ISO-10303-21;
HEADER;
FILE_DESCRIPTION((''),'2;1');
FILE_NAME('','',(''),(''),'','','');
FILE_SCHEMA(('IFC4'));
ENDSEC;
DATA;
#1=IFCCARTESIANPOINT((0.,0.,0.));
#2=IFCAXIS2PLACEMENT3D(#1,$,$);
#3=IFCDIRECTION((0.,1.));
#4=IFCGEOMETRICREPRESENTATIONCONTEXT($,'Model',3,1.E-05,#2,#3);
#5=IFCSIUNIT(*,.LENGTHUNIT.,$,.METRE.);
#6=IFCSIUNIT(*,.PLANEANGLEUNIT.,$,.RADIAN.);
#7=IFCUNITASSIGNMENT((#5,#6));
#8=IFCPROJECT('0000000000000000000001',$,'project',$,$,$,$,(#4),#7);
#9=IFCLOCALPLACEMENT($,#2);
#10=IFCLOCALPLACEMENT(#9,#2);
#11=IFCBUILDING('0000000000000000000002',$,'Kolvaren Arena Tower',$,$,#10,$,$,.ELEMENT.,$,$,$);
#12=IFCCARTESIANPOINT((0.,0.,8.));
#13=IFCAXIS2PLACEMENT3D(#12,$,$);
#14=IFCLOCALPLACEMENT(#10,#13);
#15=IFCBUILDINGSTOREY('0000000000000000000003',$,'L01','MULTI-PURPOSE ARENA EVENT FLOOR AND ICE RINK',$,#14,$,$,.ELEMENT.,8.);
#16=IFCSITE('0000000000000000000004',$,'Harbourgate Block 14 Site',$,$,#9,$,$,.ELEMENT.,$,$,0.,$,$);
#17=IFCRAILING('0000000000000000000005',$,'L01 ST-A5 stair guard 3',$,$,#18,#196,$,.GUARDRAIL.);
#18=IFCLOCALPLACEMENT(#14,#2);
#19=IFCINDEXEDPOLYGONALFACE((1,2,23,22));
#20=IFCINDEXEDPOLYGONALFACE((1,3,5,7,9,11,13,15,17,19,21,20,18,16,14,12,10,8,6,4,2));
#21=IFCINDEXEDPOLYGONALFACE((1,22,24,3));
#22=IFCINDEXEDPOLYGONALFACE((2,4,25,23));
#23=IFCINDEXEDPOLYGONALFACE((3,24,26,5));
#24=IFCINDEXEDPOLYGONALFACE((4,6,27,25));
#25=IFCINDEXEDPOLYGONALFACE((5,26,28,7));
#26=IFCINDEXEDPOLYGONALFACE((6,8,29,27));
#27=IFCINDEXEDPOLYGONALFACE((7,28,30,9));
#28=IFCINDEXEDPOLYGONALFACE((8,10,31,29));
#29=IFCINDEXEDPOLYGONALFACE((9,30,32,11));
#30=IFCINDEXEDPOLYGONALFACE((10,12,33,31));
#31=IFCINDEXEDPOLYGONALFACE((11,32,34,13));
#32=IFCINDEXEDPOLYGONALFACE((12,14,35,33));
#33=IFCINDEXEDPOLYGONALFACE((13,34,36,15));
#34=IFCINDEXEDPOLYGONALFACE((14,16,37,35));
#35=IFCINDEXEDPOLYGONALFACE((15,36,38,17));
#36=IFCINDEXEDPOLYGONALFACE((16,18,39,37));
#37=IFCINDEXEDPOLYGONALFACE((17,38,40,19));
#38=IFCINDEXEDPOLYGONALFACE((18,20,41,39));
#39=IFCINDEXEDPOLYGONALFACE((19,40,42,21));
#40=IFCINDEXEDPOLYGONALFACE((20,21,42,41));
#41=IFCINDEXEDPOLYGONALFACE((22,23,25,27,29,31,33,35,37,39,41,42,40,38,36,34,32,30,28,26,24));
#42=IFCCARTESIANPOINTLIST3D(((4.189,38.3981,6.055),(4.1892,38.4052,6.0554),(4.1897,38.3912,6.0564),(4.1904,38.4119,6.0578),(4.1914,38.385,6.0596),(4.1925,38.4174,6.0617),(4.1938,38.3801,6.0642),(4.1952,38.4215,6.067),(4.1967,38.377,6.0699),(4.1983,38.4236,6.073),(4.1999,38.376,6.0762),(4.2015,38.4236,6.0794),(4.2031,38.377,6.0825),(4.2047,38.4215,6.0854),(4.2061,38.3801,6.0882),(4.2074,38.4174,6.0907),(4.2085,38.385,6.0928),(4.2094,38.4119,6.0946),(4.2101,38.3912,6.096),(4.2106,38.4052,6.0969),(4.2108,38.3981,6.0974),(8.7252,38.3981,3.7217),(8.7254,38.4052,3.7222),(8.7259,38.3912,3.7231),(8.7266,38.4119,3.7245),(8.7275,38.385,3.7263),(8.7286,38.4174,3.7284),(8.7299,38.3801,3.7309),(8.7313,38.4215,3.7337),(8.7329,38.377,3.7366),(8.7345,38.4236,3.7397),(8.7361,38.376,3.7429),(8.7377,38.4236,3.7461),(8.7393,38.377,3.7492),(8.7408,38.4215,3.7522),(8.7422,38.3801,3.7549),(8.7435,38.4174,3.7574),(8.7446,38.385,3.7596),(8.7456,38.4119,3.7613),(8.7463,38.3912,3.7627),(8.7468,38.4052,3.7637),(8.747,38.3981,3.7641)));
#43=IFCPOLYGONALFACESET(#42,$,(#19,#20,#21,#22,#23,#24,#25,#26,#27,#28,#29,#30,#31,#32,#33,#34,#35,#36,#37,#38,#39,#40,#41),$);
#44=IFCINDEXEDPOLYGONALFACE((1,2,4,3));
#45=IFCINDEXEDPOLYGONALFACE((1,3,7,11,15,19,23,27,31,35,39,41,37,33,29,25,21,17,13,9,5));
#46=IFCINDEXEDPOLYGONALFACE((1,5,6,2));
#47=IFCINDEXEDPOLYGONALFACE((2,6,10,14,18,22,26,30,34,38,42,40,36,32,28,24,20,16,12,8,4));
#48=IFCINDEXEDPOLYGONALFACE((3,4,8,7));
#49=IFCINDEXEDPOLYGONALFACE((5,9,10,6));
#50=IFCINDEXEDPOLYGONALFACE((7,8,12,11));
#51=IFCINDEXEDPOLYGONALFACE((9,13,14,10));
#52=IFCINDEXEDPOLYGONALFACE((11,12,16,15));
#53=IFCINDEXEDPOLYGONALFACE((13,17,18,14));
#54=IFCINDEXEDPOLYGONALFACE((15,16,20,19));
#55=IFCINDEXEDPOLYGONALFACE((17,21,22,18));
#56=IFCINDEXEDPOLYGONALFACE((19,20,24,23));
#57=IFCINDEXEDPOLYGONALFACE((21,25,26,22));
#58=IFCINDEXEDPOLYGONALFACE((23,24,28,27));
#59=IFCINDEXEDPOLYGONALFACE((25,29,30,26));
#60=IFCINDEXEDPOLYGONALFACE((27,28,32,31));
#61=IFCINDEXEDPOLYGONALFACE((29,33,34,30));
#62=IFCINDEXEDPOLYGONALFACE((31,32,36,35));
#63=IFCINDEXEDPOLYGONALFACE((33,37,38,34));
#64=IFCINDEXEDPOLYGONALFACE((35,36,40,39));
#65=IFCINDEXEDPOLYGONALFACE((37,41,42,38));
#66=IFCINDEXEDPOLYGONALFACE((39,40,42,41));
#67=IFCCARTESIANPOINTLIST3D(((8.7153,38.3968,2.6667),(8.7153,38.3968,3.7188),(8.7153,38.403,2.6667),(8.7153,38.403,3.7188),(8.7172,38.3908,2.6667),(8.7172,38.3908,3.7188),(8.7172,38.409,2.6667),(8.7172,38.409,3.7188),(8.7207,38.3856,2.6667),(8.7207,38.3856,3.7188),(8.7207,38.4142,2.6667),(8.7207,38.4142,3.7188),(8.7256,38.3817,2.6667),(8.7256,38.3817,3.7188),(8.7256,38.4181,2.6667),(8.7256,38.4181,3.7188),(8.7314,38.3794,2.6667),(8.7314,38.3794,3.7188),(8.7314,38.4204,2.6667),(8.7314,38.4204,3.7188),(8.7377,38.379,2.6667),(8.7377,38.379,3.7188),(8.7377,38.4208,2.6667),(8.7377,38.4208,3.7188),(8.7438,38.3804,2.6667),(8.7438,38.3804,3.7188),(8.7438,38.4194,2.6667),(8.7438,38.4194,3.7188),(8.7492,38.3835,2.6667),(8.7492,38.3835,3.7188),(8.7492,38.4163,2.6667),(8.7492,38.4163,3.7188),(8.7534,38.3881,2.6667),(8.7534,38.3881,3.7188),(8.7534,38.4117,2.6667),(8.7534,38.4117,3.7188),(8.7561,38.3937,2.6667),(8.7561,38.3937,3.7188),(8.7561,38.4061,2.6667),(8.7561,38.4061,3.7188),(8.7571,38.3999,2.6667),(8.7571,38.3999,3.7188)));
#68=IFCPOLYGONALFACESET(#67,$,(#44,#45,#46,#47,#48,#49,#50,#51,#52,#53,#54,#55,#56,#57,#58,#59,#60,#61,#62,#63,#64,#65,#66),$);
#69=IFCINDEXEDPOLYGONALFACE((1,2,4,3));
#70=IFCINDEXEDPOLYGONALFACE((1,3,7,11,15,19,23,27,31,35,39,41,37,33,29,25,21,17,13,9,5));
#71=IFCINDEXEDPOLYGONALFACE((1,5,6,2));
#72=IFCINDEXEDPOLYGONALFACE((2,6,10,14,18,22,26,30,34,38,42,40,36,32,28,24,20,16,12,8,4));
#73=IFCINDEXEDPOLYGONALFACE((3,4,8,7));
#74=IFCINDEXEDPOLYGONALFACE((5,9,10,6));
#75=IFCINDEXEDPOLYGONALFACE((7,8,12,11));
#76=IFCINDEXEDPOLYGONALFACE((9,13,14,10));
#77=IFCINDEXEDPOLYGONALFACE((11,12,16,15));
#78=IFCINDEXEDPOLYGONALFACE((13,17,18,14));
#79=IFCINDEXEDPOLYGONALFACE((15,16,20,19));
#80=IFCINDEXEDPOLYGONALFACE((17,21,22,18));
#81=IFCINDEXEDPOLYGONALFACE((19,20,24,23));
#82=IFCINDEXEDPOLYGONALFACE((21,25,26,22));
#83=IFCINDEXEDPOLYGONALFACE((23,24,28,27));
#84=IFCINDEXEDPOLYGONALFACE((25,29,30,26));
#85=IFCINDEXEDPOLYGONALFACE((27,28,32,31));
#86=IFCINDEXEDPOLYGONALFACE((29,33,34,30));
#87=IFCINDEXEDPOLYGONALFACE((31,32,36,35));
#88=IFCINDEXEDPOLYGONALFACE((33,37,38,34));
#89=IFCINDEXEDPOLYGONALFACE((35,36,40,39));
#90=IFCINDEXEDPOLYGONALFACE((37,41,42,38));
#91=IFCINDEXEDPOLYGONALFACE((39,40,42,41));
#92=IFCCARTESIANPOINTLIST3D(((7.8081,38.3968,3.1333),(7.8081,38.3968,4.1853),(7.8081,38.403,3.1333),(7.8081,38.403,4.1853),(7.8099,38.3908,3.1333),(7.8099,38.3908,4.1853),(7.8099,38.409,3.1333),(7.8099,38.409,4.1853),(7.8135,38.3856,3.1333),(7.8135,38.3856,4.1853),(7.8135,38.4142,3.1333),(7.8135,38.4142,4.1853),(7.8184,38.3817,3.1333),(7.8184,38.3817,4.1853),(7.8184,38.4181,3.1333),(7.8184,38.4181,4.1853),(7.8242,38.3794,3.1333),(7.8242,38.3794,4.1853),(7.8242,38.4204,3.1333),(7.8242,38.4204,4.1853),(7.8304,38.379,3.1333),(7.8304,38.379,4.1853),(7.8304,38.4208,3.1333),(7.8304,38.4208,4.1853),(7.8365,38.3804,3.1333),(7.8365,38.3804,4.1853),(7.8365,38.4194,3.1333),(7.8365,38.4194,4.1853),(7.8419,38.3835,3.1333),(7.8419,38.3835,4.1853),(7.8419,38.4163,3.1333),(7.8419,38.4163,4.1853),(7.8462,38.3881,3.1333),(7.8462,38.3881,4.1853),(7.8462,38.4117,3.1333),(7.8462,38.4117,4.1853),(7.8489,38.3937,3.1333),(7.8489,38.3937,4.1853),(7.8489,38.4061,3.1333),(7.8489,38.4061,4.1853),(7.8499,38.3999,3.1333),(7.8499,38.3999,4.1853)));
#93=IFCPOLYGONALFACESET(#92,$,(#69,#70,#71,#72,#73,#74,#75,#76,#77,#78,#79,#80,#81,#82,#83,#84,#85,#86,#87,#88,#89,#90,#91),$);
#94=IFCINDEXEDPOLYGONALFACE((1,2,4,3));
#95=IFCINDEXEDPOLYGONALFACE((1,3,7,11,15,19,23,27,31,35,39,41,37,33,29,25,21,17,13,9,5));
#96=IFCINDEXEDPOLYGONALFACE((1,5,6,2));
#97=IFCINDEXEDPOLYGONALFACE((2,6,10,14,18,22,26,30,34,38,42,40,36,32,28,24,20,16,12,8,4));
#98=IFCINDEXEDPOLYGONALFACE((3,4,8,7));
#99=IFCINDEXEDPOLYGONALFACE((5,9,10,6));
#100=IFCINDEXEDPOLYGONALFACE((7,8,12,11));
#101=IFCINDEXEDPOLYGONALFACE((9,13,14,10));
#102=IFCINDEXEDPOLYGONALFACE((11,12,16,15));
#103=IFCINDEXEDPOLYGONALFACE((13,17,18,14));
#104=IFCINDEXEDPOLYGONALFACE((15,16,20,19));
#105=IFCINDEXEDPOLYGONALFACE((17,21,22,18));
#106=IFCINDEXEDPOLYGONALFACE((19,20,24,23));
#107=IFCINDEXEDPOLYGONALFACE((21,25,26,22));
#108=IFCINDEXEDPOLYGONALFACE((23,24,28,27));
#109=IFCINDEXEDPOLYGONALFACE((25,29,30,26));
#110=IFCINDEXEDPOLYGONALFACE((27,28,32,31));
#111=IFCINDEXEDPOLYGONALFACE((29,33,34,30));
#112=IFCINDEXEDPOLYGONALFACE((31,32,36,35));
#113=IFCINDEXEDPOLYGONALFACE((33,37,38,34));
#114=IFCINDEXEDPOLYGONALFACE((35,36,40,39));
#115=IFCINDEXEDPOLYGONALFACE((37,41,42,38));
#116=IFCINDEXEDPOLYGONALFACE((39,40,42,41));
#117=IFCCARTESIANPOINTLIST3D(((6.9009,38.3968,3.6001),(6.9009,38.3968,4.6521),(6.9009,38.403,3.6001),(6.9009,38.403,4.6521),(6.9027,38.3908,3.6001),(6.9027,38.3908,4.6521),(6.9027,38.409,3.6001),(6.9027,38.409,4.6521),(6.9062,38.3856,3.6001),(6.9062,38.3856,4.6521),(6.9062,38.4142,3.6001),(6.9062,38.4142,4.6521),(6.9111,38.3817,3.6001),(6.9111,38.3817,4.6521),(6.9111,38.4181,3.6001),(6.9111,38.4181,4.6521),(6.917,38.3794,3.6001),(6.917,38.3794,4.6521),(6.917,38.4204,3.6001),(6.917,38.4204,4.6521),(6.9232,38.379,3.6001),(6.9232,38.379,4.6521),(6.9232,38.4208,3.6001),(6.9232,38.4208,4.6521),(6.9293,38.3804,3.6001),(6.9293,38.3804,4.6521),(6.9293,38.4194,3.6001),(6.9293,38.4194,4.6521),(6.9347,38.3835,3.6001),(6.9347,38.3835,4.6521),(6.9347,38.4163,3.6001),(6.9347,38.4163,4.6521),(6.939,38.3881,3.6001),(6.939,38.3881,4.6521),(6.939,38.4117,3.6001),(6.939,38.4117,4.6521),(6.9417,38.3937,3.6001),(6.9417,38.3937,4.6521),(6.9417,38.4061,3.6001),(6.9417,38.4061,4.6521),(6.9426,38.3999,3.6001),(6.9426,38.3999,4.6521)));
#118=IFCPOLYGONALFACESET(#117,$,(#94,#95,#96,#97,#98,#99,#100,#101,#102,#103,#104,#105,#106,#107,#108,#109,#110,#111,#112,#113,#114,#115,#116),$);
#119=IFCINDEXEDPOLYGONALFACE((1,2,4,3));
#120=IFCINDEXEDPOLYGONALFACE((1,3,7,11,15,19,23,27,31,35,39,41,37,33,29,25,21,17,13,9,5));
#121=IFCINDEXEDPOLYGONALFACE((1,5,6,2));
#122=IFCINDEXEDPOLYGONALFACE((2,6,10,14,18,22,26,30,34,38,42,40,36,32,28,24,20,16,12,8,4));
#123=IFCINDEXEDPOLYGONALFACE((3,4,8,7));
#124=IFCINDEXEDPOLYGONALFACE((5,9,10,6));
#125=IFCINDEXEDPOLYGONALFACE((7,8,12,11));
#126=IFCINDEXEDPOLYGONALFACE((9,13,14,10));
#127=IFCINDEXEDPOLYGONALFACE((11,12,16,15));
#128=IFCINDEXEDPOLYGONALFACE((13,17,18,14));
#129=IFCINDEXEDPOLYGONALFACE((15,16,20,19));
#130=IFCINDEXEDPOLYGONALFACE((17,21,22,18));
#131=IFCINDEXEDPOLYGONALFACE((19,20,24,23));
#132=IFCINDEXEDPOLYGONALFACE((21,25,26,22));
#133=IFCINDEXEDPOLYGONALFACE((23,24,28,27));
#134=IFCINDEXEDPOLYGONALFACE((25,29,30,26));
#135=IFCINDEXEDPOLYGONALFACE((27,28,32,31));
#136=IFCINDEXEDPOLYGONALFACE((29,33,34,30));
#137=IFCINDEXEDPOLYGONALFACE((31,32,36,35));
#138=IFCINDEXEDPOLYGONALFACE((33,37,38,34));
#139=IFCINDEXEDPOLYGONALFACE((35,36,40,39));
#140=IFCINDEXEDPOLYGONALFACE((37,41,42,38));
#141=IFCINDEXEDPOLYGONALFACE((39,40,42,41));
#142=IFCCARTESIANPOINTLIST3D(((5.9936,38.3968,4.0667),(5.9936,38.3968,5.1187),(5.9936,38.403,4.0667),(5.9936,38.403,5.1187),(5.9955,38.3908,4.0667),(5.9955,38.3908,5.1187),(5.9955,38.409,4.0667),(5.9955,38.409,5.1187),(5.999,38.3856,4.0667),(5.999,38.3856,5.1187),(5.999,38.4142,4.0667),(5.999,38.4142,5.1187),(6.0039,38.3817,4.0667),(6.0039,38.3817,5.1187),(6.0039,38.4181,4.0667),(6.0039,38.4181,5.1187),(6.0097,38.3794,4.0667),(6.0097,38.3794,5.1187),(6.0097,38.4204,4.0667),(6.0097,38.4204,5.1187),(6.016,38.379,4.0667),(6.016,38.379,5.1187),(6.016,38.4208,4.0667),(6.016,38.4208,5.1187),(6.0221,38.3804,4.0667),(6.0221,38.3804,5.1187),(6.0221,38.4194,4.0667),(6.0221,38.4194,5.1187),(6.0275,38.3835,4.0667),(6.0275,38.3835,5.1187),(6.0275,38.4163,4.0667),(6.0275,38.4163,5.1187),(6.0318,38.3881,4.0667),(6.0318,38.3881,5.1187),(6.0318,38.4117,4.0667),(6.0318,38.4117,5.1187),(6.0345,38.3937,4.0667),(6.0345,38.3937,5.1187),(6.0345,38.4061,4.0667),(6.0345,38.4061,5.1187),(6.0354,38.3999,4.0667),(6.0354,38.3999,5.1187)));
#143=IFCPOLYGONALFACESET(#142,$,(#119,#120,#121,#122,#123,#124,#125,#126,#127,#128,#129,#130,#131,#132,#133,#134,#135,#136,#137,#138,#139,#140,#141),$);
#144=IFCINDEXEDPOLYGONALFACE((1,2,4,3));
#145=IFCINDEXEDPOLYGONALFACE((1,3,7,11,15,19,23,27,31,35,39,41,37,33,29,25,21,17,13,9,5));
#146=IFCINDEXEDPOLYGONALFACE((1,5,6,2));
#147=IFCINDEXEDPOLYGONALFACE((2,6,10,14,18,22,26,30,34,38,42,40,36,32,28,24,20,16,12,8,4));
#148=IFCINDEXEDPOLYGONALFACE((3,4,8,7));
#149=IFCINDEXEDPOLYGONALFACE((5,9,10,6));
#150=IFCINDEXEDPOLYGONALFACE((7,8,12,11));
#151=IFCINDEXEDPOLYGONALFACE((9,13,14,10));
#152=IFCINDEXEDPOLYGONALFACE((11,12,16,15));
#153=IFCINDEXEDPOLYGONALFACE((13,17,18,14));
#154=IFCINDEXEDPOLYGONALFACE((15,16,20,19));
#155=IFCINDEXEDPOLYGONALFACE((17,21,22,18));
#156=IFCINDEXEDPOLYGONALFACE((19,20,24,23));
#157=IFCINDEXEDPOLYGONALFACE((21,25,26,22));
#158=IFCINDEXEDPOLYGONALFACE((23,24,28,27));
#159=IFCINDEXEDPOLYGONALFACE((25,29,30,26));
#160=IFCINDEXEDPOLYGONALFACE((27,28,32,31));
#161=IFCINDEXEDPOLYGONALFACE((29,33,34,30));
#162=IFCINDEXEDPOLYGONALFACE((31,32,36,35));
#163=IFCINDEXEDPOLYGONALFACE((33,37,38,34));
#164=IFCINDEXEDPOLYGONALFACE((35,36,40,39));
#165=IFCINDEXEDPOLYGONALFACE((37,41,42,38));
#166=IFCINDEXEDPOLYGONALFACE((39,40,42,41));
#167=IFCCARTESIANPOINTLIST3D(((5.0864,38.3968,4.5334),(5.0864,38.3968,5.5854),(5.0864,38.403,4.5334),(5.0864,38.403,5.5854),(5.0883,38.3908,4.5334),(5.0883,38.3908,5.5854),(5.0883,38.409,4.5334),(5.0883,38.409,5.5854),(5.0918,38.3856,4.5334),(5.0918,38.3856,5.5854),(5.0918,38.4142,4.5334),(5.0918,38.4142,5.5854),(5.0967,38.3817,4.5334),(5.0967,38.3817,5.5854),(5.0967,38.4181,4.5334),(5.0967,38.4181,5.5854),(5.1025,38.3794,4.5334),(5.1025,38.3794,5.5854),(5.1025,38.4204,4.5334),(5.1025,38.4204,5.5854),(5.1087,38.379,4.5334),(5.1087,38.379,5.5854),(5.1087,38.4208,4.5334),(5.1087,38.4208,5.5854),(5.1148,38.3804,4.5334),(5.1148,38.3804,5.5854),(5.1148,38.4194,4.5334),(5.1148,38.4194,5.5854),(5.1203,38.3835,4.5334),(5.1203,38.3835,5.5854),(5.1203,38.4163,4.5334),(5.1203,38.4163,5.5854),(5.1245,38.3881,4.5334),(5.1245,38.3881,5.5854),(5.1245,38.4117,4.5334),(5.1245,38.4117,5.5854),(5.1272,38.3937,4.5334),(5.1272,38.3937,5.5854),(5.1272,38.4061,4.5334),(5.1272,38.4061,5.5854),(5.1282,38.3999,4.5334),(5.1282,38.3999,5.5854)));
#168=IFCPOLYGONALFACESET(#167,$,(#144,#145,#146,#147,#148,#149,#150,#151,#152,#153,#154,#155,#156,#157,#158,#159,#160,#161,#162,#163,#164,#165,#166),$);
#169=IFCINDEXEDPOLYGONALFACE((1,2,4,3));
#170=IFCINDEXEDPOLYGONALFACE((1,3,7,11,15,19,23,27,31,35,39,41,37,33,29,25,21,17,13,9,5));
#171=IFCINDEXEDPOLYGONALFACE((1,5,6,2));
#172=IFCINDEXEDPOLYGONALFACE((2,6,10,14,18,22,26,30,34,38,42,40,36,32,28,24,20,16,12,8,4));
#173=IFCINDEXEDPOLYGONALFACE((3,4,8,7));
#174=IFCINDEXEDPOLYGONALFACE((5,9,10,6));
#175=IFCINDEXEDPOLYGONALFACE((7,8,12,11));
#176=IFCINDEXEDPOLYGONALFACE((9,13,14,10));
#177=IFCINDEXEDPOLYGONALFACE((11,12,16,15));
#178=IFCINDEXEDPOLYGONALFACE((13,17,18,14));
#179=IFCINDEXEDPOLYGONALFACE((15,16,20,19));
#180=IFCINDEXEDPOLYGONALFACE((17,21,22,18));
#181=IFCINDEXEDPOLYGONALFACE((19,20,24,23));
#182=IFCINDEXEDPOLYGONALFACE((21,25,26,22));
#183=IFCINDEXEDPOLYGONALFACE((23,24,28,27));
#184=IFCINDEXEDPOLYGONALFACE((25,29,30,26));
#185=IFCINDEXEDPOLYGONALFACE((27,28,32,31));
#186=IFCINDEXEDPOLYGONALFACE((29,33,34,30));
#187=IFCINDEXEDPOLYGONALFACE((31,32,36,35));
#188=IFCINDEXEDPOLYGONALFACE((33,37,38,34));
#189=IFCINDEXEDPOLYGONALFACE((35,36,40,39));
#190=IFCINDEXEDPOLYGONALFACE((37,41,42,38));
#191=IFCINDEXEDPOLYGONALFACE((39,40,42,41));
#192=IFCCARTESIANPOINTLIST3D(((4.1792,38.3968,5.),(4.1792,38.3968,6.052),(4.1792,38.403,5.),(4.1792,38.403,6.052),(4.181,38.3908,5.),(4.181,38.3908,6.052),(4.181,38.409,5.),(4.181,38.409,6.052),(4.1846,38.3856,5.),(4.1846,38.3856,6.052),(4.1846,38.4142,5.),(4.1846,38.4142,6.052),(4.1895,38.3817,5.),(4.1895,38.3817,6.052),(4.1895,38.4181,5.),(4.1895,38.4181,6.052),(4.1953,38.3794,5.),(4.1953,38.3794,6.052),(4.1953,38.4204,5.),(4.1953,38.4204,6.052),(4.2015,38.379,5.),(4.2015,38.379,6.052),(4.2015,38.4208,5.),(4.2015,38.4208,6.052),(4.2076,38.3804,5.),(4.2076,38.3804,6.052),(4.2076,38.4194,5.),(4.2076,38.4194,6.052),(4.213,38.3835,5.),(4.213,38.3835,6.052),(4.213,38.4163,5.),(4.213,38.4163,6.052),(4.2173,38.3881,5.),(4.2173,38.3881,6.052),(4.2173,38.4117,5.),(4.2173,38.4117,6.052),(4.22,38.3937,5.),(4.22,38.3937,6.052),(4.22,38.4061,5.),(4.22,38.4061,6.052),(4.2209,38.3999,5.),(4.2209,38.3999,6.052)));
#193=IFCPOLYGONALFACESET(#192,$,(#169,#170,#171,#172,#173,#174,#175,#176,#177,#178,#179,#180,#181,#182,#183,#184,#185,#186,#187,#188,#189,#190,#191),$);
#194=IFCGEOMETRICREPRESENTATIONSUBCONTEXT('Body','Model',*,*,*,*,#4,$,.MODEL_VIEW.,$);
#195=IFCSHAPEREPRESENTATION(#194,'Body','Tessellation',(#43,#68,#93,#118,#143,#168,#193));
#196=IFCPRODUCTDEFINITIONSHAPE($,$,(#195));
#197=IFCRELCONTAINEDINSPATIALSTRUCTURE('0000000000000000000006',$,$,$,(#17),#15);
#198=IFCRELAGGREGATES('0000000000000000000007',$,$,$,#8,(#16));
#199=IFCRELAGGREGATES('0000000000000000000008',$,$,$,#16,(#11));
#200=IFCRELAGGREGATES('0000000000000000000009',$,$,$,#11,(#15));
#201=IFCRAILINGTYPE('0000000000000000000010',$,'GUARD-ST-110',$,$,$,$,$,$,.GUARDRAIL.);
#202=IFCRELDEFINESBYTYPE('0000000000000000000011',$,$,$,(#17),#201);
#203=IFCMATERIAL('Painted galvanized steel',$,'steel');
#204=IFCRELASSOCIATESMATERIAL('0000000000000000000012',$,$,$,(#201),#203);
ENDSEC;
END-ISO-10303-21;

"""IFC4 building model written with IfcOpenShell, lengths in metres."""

from ifc_helpers import new_model, si_unit, direction, frame, origin, origin_2d, place, context, subcontext, project, spatial, circle, extrude, material, type_object, element, save


model = new_model("IFC4")

# Units and contexts
model_context = context("Model", 3, precision=1e-05, world=origin(), true_north=direction((0.0, 1.0)))
body_context = subcontext(model_context, "Body", "Model", "MODEL_VIEW")
ifc_project = project(units=[si_unit("LENGTHUNIT", "METRE"), si_unit("PLANEANGLEUNIT", "RADIAN")], contexts=[model_context])

# Site, building, storey
site_placement = place(None, origin())
site = spatial("IfcSite", under=ifc_project, at=site_placement, Name="Harbourgate Block 14 Site", CompositionType="ELEMENT", RefElevation=0.0)
building_placement = place(site_placement, origin())
building = spatial("IfcBuilding", under=site, at=building_placement, Name="Kolvaren Arena Tower", CompositionType="ELEMENT")
storey_placement = place(building_placement, frame((0.0, 0.0, 8.0)))
storey = spatial("IfcBuildingStorey", under=building, at=storey_placement, Name="L01", Description="MULTI-PURPOSE ARENA EVENT FLOOR AND ICE RINK", CompositionType="ELEMENT", Elevation=8.0)

# Railing
ifc_material_1 = material(Name="Painted galvanized steel", Category="steel")
railing_type_1 = type_object("IfcRailingType", Name="GUARD-ST-110", PredefinedType="GUARDRAIL", material=ifc_material_1)
railing_1_placement = place(storey_placement, frame((8.7361, 38.3999, 2.6667)))
element("IfcRailing", 1, at=railing_1_placement, inside=storey, type_object=railing_type_1, Name="L01 ST-A5 stair guard 3", PredefinedType="GUARDRAIL", context=body_context, shape_type="SweptSolid", body=[
    extrude(circle(Radius=0.0239, at=origin_2d()), frame((0.0, 0.0, 1.0762), z_axis=(-0.889257, 0.0, 0.457407), x_axis=(0.0, -1.0, 0.0)), (0.0, 0.0, 1.0), 5.1011),
    extrude(circle(Radius=0.021, at=origin_2d()), origin(), (0.0, 0.0, 1.0), 1.052),
    extrude(circle(Radius=0.021, at=origin_2d()), frame((-0.9072, 0.0, 0.4666)), (0.0, 0.0, 1.0), 1.052),
    extrude(circle(Radius=0.021, at=origin_2d()), frame((-1.8145, 0.0, 0.9333)), (0.0, 0.0, 1.0), 1.052),
    extrude(circle(Radius=0.021, at=origin_2d()), frame((-2.7217, 0.0, 1.3999)), (0.0, 0.0, 1.0), 1.052),
    extrude(circle(Radius=0.021, at=origin_2d()), frame((-3.6289, 0.0, 1.8667)), (0.0, 0.0, 1.0), 1.052),
    extrude(circle(Radius=0.021, at=origin_2d()), frame((-4.5361, 0.0, 2.3333)), (0.0, 0.0, 1.0), 1.052),
])

save(model, "model.ifc")
